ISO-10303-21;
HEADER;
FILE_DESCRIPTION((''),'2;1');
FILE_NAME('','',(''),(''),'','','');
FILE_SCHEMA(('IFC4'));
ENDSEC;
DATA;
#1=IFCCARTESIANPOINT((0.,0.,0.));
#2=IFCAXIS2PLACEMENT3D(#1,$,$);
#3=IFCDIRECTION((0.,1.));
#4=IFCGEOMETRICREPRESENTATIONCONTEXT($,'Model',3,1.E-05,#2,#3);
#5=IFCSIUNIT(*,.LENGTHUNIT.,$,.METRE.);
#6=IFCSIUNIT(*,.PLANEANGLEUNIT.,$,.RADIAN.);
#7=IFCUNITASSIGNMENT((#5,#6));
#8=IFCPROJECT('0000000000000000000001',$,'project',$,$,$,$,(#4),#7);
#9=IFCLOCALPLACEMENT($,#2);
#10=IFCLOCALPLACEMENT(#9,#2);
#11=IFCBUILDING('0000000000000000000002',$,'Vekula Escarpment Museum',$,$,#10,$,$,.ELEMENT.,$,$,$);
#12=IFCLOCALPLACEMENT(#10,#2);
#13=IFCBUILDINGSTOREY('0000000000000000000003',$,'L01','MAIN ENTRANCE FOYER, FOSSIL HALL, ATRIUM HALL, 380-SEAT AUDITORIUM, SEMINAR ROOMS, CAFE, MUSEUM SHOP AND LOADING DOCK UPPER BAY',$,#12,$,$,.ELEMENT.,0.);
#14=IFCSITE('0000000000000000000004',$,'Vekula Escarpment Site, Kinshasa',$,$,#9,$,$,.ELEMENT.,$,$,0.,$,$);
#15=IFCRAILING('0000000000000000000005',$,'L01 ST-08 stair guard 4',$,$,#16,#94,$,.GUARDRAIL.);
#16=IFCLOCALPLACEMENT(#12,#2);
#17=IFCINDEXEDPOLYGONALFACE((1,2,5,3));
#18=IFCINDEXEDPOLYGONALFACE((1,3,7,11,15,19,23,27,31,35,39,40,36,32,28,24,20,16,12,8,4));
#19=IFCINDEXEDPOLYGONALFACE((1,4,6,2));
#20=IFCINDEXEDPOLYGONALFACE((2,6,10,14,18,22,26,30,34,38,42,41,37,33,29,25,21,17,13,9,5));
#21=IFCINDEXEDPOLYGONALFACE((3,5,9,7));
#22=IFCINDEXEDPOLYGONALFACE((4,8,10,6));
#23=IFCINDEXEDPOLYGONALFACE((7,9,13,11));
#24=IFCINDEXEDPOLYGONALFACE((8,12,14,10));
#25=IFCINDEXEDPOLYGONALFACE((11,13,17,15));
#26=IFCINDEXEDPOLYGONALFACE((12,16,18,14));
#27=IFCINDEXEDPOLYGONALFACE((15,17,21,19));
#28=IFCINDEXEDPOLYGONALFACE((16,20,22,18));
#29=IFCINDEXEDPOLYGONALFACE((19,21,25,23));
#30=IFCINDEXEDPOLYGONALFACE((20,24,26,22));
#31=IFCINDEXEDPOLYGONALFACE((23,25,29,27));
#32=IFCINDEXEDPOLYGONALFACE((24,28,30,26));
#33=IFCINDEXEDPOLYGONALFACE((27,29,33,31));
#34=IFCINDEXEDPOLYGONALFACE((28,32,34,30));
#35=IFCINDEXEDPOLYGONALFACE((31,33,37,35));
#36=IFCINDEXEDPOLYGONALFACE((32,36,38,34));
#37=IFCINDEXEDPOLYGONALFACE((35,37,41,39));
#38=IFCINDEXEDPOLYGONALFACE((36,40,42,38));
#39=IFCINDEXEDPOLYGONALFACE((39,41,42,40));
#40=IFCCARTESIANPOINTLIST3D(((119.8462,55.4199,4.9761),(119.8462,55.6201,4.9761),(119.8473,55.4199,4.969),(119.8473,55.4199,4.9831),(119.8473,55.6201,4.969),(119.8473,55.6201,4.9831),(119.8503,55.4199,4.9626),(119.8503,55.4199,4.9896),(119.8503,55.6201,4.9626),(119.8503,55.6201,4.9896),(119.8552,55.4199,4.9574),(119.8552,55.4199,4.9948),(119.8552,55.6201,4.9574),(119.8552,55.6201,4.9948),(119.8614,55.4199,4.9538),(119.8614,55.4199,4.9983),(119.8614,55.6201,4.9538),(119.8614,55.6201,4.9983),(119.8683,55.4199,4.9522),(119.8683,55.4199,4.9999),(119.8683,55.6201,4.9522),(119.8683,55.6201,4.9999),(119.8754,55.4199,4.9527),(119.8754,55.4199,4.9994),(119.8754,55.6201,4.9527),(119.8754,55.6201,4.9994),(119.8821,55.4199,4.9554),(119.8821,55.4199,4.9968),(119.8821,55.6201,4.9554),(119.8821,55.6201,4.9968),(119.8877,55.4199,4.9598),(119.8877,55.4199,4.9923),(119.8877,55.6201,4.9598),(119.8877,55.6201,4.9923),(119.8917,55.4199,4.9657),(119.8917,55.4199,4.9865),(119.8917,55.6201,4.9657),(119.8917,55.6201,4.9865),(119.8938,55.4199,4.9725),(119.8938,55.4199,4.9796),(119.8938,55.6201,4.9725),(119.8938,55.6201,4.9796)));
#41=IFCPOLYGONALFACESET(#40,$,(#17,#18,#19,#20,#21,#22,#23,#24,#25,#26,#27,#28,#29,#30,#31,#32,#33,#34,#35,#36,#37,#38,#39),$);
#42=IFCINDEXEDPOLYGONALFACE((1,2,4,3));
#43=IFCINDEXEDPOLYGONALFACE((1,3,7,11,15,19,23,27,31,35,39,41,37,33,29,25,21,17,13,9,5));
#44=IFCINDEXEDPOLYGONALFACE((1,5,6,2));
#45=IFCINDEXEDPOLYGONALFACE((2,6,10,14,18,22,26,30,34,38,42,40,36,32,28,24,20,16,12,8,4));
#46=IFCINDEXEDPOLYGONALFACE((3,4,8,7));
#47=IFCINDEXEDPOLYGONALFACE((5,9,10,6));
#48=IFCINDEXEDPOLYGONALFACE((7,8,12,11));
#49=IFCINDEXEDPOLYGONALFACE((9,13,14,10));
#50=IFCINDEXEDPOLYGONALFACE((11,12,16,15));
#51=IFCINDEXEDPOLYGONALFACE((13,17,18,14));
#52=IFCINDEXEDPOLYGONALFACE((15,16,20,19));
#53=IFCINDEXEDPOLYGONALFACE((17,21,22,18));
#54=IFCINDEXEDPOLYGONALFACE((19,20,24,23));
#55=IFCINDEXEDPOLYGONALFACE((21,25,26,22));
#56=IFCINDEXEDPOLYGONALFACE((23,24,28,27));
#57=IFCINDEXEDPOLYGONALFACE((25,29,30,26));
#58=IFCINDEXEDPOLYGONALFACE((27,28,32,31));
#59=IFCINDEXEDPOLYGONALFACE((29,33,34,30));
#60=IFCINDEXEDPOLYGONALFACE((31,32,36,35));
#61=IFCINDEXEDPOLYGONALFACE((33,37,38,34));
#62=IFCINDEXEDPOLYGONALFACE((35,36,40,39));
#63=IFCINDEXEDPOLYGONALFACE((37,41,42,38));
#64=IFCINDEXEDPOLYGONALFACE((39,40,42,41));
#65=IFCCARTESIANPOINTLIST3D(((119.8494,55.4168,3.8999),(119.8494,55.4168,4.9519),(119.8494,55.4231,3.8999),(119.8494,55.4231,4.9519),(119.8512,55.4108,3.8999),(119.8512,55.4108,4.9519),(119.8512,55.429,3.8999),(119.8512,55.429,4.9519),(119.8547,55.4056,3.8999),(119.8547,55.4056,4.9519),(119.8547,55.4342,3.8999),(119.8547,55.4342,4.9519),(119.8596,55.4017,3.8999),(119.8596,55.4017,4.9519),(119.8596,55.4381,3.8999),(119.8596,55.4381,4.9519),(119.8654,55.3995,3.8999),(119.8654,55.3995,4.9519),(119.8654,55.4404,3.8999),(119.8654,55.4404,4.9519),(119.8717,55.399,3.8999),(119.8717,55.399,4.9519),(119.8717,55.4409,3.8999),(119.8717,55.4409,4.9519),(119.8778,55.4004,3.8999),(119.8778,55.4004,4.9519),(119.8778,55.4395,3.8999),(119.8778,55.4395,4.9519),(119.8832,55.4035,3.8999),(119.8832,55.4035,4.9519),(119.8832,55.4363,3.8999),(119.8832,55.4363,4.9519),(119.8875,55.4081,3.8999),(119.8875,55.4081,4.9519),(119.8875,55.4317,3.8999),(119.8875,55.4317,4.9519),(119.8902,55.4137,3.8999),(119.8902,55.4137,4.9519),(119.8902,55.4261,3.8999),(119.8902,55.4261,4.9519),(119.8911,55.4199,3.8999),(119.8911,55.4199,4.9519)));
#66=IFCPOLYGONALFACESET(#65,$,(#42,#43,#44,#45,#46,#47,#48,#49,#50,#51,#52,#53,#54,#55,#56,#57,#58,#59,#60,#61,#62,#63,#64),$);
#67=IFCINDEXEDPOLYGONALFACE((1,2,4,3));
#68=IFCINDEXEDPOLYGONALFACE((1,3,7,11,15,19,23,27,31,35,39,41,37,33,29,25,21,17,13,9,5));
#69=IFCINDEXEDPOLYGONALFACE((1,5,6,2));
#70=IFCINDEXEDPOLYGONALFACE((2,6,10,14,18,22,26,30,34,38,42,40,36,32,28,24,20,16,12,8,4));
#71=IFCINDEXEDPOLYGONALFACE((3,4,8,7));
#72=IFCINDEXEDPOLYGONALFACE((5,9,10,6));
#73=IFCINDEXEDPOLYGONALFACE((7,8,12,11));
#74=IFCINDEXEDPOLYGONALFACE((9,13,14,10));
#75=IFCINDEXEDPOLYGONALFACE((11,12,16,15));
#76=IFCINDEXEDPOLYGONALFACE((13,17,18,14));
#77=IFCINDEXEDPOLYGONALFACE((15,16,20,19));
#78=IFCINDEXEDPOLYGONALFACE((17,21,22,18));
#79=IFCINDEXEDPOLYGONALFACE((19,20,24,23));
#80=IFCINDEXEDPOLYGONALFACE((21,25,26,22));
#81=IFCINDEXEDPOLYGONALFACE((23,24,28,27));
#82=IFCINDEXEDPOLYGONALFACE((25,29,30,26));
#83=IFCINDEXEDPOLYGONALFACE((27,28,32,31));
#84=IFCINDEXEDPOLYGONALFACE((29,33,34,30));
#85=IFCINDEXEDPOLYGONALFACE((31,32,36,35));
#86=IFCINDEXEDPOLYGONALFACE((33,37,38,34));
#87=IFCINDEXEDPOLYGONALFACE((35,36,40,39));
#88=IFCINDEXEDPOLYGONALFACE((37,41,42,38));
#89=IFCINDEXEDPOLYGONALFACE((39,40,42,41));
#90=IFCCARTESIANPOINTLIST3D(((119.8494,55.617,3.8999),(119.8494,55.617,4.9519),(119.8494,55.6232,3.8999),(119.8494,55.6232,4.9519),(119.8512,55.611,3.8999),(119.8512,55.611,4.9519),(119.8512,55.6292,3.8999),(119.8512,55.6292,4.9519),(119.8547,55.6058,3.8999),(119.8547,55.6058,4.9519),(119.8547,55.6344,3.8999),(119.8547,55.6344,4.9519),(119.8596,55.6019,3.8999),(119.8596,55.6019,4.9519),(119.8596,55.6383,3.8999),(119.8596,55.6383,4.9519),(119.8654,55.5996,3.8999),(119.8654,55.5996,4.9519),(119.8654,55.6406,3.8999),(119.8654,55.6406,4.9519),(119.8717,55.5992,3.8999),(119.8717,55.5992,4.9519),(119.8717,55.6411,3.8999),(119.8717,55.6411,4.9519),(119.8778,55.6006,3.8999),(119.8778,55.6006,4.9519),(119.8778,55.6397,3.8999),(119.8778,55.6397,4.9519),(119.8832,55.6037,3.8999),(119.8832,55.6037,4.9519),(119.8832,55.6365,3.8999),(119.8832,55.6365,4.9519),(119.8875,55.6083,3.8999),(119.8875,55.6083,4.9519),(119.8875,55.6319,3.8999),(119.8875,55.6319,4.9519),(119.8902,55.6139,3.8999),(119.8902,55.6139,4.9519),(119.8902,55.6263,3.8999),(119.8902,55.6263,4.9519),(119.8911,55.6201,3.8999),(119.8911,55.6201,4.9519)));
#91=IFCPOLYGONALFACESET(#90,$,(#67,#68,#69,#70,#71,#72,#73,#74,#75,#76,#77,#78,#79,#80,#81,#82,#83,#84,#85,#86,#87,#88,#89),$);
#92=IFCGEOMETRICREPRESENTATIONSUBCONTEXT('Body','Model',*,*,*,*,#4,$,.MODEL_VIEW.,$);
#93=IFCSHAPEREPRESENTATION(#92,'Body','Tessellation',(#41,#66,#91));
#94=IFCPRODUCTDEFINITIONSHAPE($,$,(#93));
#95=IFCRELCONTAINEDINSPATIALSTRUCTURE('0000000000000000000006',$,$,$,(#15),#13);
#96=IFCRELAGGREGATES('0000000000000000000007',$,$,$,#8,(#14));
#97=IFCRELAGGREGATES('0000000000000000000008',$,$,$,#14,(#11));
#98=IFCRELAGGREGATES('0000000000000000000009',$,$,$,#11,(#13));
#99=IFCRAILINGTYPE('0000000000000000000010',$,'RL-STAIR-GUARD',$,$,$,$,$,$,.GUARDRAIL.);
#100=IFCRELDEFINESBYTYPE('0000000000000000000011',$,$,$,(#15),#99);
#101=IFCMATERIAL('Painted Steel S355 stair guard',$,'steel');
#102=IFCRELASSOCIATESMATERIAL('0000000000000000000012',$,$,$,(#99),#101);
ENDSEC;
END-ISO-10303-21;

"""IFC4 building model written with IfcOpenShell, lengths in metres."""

from ifc_helpers import new_model, si_unit, direction, frame, origin, origin_2d, place, context, subcontext, project, spatial, circle, extrude, material, type_object, element, save


model = new_model("IFC4")

# Units and contexts
model_context = context("Model", 3, precision=1e-05, world=origin(), true_north=direction((0.0, 1.0)))
body_context = subcontext(model_context, "Body", "Model", "MODEL_VIEW")
ifc_project = project(units=[si_unit("LENGTHUNIT", "METRE"), si_unit("PLANEANGLEUNIT", "RADIAN")], contexts=[model_context])

# Site, building, storey
site_placement = place(None, origin())
site = spatial("IfcSite", under=ifc_project, at=site_placement, Name="Vekula Escarpment Site, Kinshasa", CompositionType="ELEMENT", RefElevation=0.0)
building_placement = place(site_placement, origin())
building = spatial("IfcBuilding", under=site, at=building_placement, Name="Vekula Escarpment Museum", CompositionType="ELEMENT")
storey_placement = place(building_placement, origin())
storey = spatial("IfcBuildingStorey", under=building, at=storey_placement, Name="L01", Description="MAIN ENTRANCE FOYER, FOSSIL HALL, ATRIUM HALL, 380-SEAT AUDITORIUM, SEMINAR ROOMS, CAFE, MUSEUM SHOP AND LOADING DOCK UPPER BAY", CompositionType="ELEMENT", Elevation=0.0)

# Railing
ifc_material_1 = material(Name="Painted Steel S355 stair guard", Category="steel")
railing_type_1 = type_object("IfcRailingType", Name="RL-STAIR-GUARD", PredefinedType="GUARDRAIL", material=ifc_material_1)
railing_1_placement = place(storey_placement, frame((119.8701, 55.4199, 3.8999)))
element("IfcRailing", 1, at=railing_1_placement, inside=storey, type_object=railing_type_1, Name="L01 ST-08 stair guard 4", PredefinedType="GUARDRAIL", context=body_context, shape_type="SweptSolid", body=[
    extrude(circle(Radius=0.0239, at=origin_2d()), frame((0.0, 0.0, 1.0762), z_axis=(0.0, 1.0, 0.0), x_axis=(-1.0, 0.0, 0.0)), (0.0, 0.0, 1.0), 0.2002),
    extrude(circle(Radius=0.021, at=origin_2d()), origin(), (0.0, 0.0, 1.0), 1.052),
    extrude(circle(Radius=0.021, at=origin_2d()), frame((0.0, 0.2002, 0.0)), (0.0, 0.0, 1.0), 1.052),
])

save(model, "model.ifc")
